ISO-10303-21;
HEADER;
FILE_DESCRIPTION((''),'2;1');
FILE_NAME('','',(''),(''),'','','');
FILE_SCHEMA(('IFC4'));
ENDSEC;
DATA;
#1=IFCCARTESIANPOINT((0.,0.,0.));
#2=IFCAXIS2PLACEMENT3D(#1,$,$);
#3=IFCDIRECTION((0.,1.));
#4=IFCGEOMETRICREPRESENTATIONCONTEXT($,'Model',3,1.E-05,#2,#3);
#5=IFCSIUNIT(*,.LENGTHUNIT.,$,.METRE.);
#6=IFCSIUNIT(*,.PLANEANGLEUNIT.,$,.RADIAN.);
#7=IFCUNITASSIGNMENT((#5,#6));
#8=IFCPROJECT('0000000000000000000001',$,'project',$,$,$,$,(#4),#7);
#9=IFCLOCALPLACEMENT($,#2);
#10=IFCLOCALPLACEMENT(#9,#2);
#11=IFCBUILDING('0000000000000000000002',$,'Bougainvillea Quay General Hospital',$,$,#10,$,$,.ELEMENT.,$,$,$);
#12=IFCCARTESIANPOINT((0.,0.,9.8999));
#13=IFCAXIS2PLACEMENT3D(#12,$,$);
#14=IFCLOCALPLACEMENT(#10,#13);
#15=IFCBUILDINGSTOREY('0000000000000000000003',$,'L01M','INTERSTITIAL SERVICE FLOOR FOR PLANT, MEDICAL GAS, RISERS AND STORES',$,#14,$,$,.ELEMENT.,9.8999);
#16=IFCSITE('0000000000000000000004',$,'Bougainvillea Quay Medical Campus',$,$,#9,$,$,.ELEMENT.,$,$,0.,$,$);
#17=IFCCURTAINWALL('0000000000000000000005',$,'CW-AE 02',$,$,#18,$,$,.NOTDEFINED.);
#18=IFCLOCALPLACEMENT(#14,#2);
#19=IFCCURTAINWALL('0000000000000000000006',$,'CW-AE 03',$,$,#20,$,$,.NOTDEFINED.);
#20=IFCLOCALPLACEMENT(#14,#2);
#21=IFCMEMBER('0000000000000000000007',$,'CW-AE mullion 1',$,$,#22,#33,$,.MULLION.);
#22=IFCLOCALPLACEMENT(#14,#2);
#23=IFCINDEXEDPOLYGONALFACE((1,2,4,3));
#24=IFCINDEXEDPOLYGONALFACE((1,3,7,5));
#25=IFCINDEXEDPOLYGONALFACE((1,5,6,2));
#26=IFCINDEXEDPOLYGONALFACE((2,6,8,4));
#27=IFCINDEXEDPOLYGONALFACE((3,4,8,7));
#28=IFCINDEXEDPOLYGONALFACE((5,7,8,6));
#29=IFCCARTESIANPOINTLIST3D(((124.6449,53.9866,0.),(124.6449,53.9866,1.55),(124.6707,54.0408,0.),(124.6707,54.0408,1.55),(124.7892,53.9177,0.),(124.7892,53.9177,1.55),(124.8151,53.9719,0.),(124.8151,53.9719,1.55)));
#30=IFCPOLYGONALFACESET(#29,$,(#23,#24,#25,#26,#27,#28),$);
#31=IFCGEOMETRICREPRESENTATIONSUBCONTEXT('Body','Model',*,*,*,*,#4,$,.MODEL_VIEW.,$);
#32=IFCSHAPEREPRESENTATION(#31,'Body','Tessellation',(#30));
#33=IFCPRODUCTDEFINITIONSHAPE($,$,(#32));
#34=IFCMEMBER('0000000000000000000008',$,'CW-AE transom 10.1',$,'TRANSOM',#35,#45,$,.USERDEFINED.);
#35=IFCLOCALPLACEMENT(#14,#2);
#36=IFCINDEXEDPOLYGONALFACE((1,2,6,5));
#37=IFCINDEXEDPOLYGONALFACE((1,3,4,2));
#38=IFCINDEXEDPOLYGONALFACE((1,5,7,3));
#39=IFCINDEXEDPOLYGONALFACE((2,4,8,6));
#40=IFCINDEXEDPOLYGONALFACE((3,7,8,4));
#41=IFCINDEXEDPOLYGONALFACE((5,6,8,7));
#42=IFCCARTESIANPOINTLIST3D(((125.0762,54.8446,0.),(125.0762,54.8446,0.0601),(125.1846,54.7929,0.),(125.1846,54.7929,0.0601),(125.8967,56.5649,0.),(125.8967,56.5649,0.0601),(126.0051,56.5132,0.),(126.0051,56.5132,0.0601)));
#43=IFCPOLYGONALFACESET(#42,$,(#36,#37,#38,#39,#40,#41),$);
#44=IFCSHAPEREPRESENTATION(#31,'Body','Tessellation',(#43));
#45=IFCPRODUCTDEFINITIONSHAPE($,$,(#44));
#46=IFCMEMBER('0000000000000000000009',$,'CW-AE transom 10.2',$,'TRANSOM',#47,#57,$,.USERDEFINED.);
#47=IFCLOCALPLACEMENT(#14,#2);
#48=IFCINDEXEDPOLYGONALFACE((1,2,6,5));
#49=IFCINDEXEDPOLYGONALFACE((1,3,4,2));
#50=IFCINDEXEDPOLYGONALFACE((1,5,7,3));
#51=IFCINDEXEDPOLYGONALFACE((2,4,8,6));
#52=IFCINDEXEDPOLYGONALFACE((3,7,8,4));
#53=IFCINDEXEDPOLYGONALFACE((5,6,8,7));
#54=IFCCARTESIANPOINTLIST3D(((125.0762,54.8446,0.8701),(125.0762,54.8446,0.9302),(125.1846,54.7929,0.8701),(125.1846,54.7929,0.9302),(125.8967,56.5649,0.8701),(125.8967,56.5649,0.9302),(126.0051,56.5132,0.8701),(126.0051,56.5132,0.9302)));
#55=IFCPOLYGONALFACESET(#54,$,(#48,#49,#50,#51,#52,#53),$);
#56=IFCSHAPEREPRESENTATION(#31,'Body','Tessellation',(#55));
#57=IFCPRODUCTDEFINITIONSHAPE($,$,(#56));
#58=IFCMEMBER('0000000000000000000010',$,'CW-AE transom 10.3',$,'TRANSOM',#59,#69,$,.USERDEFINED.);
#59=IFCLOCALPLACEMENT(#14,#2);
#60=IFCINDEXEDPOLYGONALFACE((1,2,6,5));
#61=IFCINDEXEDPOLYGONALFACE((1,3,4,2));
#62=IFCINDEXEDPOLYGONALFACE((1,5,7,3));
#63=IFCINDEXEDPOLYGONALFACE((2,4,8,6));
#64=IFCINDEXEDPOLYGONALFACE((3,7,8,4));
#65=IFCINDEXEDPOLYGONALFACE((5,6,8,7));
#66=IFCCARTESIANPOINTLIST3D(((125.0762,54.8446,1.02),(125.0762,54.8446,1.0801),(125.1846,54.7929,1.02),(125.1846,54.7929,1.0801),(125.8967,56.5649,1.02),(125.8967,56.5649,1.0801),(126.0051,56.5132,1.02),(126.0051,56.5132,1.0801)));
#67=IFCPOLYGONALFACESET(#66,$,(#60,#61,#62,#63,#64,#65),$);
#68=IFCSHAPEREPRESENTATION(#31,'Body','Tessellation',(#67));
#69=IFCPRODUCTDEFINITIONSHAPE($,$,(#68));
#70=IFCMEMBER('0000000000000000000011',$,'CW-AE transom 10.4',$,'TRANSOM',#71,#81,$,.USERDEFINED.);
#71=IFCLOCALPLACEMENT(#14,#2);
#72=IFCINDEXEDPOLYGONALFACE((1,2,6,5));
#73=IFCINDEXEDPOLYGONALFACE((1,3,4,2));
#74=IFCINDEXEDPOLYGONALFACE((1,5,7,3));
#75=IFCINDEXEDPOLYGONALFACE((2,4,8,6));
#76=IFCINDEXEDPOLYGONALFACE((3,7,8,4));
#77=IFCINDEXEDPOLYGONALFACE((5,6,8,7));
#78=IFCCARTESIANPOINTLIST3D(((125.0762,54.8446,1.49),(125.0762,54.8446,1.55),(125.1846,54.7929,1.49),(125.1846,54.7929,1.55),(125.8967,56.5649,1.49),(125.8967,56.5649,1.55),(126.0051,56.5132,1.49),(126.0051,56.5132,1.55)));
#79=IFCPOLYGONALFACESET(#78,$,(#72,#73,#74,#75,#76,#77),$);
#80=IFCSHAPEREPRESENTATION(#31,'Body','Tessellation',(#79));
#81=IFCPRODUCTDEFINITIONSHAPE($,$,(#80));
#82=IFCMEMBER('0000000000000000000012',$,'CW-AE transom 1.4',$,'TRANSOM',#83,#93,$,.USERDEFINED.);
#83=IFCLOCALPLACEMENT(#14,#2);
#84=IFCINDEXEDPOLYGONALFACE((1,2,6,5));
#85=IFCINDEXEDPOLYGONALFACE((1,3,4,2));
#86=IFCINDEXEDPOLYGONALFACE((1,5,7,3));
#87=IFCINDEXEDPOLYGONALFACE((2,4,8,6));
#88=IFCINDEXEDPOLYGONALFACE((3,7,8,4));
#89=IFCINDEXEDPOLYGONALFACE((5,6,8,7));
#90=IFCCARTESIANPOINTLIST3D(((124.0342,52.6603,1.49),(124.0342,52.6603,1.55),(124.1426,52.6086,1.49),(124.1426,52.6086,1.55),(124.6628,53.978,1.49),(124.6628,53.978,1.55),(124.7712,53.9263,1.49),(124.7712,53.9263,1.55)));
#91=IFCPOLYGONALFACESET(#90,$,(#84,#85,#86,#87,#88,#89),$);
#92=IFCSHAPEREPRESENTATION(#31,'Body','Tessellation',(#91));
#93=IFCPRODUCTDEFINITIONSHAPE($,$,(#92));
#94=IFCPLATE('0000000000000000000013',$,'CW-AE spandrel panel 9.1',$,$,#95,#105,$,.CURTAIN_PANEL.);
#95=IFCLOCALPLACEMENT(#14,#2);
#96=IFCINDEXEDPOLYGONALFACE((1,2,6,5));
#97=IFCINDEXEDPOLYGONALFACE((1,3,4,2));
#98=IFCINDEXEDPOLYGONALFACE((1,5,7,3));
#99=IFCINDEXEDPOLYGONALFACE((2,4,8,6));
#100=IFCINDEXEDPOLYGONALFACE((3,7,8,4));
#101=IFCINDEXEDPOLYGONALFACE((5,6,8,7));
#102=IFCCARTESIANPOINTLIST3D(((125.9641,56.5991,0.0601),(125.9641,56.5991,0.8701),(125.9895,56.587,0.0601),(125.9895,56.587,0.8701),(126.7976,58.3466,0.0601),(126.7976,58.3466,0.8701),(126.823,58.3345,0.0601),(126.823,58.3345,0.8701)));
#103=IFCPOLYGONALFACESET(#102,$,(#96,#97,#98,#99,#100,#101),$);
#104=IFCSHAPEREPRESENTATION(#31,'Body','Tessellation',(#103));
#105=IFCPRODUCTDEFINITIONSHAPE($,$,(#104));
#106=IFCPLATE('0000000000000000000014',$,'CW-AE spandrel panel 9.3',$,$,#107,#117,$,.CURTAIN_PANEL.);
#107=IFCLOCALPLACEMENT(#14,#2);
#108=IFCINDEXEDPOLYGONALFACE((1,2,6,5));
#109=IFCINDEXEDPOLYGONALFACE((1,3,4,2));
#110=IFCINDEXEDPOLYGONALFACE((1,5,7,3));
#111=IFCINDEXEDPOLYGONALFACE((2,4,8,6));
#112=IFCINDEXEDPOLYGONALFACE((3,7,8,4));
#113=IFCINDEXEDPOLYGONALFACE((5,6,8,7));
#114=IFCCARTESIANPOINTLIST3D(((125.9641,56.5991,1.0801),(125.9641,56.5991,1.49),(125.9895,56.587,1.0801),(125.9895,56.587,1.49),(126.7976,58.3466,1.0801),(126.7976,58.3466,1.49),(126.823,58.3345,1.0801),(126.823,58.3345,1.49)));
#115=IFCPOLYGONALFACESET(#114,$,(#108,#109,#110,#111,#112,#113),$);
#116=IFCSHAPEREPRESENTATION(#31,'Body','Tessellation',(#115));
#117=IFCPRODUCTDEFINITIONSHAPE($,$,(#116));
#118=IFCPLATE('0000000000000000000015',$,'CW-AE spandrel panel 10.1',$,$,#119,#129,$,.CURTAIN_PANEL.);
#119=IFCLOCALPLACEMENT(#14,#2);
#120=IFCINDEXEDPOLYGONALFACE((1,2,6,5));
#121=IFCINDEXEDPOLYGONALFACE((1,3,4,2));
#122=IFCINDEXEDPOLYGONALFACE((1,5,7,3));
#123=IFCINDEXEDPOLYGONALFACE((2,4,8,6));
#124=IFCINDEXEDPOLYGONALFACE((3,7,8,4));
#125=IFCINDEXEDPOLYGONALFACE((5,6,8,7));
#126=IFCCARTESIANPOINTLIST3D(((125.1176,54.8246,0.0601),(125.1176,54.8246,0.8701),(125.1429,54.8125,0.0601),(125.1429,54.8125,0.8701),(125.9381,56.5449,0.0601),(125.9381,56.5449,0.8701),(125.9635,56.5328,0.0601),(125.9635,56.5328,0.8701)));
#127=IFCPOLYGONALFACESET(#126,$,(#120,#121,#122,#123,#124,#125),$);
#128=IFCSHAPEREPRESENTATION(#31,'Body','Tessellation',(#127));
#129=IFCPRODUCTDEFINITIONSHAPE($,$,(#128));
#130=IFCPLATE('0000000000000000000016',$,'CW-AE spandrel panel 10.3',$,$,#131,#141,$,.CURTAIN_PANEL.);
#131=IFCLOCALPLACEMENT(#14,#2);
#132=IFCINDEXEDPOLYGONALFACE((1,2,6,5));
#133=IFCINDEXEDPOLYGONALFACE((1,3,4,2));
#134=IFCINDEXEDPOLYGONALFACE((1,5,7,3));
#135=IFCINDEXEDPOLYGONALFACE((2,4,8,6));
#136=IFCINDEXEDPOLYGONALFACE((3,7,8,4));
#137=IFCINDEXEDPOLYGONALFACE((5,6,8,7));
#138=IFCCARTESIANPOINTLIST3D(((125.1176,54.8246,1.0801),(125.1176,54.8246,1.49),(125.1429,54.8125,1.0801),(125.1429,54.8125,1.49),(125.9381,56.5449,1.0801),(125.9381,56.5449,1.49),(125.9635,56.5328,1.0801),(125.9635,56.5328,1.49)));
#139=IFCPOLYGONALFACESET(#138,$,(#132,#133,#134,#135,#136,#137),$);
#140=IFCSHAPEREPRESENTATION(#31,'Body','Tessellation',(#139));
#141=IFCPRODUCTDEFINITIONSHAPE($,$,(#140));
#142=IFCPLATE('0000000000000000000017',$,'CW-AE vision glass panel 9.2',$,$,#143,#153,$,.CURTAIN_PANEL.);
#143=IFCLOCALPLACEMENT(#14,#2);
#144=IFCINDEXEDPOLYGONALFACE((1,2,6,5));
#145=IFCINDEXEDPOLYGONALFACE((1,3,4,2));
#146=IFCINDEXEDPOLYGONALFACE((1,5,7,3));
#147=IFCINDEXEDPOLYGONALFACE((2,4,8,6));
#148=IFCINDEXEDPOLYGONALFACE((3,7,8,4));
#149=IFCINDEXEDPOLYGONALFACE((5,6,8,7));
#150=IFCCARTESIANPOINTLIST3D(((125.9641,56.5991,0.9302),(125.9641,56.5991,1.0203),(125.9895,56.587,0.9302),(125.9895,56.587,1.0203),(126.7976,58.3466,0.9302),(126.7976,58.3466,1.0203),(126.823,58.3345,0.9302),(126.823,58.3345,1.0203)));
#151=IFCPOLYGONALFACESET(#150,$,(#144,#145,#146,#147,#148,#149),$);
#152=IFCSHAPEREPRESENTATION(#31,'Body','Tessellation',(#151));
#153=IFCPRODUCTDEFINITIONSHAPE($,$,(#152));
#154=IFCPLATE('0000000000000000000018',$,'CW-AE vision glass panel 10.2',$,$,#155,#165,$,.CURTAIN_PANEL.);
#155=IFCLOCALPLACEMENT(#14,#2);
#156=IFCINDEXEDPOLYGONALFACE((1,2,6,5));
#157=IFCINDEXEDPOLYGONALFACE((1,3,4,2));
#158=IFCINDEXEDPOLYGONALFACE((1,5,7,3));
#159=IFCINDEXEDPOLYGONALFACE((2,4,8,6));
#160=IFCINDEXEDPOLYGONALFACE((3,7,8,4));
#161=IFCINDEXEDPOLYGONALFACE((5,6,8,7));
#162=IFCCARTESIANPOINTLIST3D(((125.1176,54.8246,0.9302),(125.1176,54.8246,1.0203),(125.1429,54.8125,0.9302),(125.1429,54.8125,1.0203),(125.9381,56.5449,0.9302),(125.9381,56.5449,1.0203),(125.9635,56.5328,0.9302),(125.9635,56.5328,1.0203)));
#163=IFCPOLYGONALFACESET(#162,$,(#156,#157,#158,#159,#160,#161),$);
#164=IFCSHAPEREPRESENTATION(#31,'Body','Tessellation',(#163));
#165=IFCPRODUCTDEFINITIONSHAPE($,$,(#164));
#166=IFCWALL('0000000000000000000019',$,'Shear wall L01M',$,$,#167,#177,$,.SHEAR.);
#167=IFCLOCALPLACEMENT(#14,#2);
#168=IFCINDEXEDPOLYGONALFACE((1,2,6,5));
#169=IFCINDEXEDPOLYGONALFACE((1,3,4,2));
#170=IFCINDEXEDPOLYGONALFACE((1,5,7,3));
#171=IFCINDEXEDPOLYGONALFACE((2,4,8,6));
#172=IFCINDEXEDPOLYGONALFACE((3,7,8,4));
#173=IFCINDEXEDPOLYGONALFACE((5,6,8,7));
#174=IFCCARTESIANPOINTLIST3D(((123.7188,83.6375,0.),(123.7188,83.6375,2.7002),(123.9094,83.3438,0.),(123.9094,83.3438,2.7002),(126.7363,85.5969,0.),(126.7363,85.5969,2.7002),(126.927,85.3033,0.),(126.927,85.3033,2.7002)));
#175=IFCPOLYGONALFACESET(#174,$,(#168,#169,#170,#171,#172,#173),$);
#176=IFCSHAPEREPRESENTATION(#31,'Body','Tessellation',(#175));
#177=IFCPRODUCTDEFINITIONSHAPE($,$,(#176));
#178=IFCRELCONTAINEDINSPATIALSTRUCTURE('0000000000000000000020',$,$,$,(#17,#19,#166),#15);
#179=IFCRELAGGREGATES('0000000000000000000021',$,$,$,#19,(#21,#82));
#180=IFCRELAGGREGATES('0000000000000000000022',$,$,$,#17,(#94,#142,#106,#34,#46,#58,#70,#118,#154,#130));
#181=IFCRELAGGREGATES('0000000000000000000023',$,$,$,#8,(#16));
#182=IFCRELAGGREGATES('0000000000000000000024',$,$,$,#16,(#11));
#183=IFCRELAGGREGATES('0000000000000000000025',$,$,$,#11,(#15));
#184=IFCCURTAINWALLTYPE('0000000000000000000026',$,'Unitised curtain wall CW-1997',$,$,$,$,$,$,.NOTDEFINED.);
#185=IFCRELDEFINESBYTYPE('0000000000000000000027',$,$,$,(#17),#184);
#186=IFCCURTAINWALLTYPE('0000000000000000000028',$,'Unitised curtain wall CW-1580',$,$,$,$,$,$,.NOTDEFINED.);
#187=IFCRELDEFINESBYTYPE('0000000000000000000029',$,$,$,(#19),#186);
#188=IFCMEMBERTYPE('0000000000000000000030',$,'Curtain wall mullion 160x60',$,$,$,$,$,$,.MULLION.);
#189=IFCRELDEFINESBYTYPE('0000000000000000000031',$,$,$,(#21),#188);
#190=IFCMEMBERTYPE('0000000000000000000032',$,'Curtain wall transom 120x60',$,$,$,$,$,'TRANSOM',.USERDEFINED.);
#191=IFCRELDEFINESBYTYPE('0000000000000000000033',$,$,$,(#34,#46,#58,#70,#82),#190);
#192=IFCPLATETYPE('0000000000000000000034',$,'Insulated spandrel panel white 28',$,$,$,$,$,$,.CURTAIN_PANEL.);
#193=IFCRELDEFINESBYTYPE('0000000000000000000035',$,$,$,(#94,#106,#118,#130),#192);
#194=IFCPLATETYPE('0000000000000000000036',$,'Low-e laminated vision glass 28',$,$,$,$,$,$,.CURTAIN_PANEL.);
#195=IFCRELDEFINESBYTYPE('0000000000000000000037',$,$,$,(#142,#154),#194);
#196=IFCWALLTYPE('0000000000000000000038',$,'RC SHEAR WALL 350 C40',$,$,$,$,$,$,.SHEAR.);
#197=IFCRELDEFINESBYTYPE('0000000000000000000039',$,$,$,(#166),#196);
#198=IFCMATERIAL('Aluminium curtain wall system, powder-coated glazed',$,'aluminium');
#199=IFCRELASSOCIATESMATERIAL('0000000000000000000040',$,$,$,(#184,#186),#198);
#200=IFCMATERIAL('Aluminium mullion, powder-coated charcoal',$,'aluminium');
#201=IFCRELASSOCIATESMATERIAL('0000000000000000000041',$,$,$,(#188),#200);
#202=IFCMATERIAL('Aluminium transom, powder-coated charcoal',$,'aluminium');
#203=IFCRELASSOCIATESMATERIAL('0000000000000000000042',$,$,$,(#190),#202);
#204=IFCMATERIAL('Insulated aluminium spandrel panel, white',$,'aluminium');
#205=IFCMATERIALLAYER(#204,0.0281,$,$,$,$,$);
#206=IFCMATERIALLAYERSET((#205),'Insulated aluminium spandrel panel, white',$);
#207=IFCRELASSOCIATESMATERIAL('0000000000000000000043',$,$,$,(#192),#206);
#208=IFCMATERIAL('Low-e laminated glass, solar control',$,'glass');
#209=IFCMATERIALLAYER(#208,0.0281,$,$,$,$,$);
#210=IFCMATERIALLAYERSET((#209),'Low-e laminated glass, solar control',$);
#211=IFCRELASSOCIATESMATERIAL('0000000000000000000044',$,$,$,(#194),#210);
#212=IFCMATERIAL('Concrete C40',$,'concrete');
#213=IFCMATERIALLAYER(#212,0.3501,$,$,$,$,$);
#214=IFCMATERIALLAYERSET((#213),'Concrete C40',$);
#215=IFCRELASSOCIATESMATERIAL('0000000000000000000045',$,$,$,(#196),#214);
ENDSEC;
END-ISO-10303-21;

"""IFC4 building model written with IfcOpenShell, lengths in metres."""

from ifc_helpers import new_model, si_unit, direction, frame, frame_2d, origin, origin_2d, place, context, subcontext, project, spatial, rectangle, extrude, material, layer, layer_set, material_profile, profile_set, type_object, element, aggregate, save


model = new_model("IFC4")

# Units and contexts
model_context = context("Model", 3, precision=1e-05, world=origin(), true_north=direction((0.0, 1.0)))
body_context = subcontext(model_context, "Body", "Model", "MODEL_VIEW")
ifc_project = project(units=[si_unit("LENGTHUNIT", "METRE"), si_unit("PLANEANGLEUNIT", "RADIAN")], contexts=[model_context])

# Site, building, storey
site_placement = place(None, origin())
site = spatial("IfcSite", under=ifc_project, at=site_placement, Name="Bougainvillea Quay Medical Campus", CompositionType="ELEMENT", RefElevation=0.0)
building_placement = place(site_placement, origin())
building = spatial("IfcBuilding", under=site, at=building_placement, Name="Bougainvillea Quay General Hospital", CompositionType="ELEMENT")
storey_placement = place(building_placement, frame((0.0, 0.0, 9.8999)))
storey = spatial("IfcBuildingStorey", under=building, at=storey_placement, Name="L01M", Description="INTERSTITIAL SERVICE FLOOR FOR PLANT, MEDICAL GAS, RISERS AND STORES", CompositionType="ELEMENT", Elevation=9.8999)

# Curtain wall
ifc_material_1 = material(Name="Aluminium curtain wall system, powder-coated glazed", Category="aluminium")
curtain_wall_type_1 = type_object("IfcCurtainWallType", Name="Unitised curtain wall CW-1997", PredefinedType="NOTDEFINED", material=ifc_material_1)
curtain_wall_1_placement = place(storey_placement, origin())
curtain_wall_1 = element("IfcCurtainWall", 1, at=curtain_wall_1_placement, inside=storey, type_object=curtain_wall_type_1, Name="CW-AE 02", PredefinedType="NOTDEFINED")
ifc_material_2 = material(Name="Aluminium mullion, powder-coated charcoal", Category="aluminium")
ifc_material_profile_1 = material_profile(ifc_material_2, rectangle(XDim=0.1599, YDim=0.0601, at=origin_2d()))
ifc_profile_set_1 = profile_set([ifc_material_profile_1], Name="Aluminium mullion, powder-coated charcoal")
member_type_1 = type_object("IfcMemberType", Name="Curtain wall mullion 160x60", PredefinedType="MULLION", material=ifc_profile_set_1)

# Curtain wall, member
curtain_wall_type_2 = type_object("IfcCurtainWallType", Name="Unitised curtain wall CW-1580", PredefinedType="NOTDEFINED", material=ifc_material_1)
curtain_wall_2_placement = place(storey_placement, origin())
curtain_wall_2 = element("IfcCurtainWall", 2, at=curtain_wall_2_placement, inside=storey, type_object=curtain_wall_type_2, Name="CW-AE 03", PredefinedType="NOTDEFINED")
member_1_placement = place(storey_placement, frame((124.73, 53.9792, 0.0), z_axis=(0.0, 0.0, 1.0), x_axis=(0.902578, -0.430525, 0.0)))
member_1 = element("IfcMember", 3, at=member_1_placement, type_object=member_type_1, Name="CW-AE mullion 1", PredefinedType="MULLION", context=body_context, shape_type="SweptSolid", body=[
    extrude(rectangle(XDim=0.1599, YDim=0.0601, at=origin_2d()), origin(), (0.0, 0.0, 1.0), 1.55),
])

# Members
ifc_material_3 = material(Name="Aluminium transom, powder-coated charcoal", Category="aluminium")
ifc_material_profile_2 = material_profile(ifc_material_3, rectangle(XDim=0.1201, YDim=0.0601, at=origin_2d()))
ifc_profile_set_2 = profile_set([ifc_material_profile_2], Name="Aluminium transom, powder-coated charcoal")
member_type_2 = type_object("IfcMemberType", Name="Curtain wall transom 120x60", ElementType="TRANSOM", PredefinedType="USERDEFINED", material=ifc_profile_set_2)
member_2_placement = place(storey_placement, frame((125.9509, 56.5391, 0.03), z_axis=(-0.430485, -0.902598, 0.0), x_axis=(0.902598, -0.430485, 0.0)))
member_2 = element("IfcMember", 4, at=member_2_placement, type_object=member_type_2, Name="CW-AE transom 10.1", ObjectType="TRANSOM", PredefinedType="USERDEFINED", context=body_context, shape_type="SweptSolid", body=[
    extrude(rectangle(XDim=0.1201, YDim=0.0601, at=origin_2d()), origin(), (0.0, 0.0, 1.0), 1.906),
])
member_3_placement = place(storey_placement, frame((125.9509, 56.5391, 0.9001), z_axis=(-0.430485, -0.902598, 0.0), x_axis=(0.902598, -0.430485, 0.0)))
member_3 = element("IfcMember", 5, at=member_3_placement, type_object=member_type_2, Name="CW-AE transom 10.2", ObjectType="TRANSOM", PredefinedType="USERDEFINED", context=body_context, shape_type="SweptSolid", body=[
    extrude(rectangle(XDim=0.1201, YDim=0.0601, at=origin_2d()), origin(), (0.0, 0.0, 1.0), 1.906),
])
member_4_placement = place(storey_placement, frame((125.9509, 56.5391, 1.05), z_axis=(-0.430485, -0.902598, 0.0), x_axis=(0.902598, -0.430485, 0.0)))
member_4 = element("IfcMember", 6, at=member_4_placement, type_object=member_type_2, Name="CW-AE transom 10.3", ObjectType="TRANSOM", PredefinedType="USERDEFINED", context=body_context, shape_type="SweptSolid", body=[
    extrude(rectangle(XDim=0.1201, YDim=0.0601, at=origin_2d()), origin(), (0.0, 0.0, 1.0), 1.906),
])
member_5_placement = place(storey_placement, frame((125.9509, 56.5391, 1.52), z_axis=(-0.430485, -0.902598, 0.0), x_axis=(0.902598, -0.430485, 0.0)))
member_5 = element("IfcMember", 7, at=member_5_placement, type_object=member_type_2, Name="CW-AE transom 10.4", ObjectType="TRANSOM", PredefinedType="USERDEFINED", context=body_context, shape_type="SweptSolid", body=[
    extrude(rectangle(XDim=0.1201, YDim=0.0601, at=origin_2d()), origin(), (0.0, 0.0, 1.0), 1.906),
])
member_6_placement = place(storey_placement, frame((124.717, 53.9521, 1.52), z_axis=(-0.430615, -0.902536, 0.0), x_axis=(0.902536, -0.430615, 0.0)))
member_6 = element("IfcMember", 8, at=member_6_placement, type_object=member_type_2, Name="CW-AE transom 1.4", ObjectType="TRANSOM", PredefinedType="USERDEFINED", context=body_context, shape_type="SweptSolid", body=[
    extrude(rectangle(XDim=0.1201, YDim=0.0601, at=origin_2d()), origin(), (0.0, 0.0, 1.0), 1.46),
])
aggregate(curtain_wall_2, [member_1, member_6])

# Plates
ifc_material_4 = material(Name="Insulated aluminium spandrel panel, white", Category="aluminium")
ifc_layer_1 = layer(ifc_material_4, 0.0281)
ifc_layer_set_1 = layer_set([ifc_layer_1], Name="Insulated aluminium spandrel panel, white")
plate_type_1 = type_object("IfcPlateType", Name="Insulated spandrel panel white 28", PredefinedType="CURTAIN_PANEL", material=ifc_layer_set_1)
plate_1_placement = place(storey_placement, frame((126.3936, 57.4668, 0.0601), z_axis=(0.0, 0.0, 1.0), x_axis=(-0.430525, -0.902578, 0.0)))
plate_1 = element("IfcPlate", 9, at=plate_1_placement, type_object=plate_type_1, Name="CW-AE spandrel panel 9.1", PredefinedType="CURTAIN_PANEL", context=body_context, shape_type="SweptSolid", body=[
    extrude(rectangle(XDim=1.936, YDim=0.0281, at=origin_2d()), origin(), (0.0, 0.0, 1.0), 0.8101),
])
plate_2_placement = place(storey_placement, frame((126.3936, 57.4668, 1.0801), z_axis=(0.0, 0.0, 1.0), x_axis=(-0.430525, -0.902578, 0.0)))
plate_2 = element("IfcPlate", 10, at=plate_2_placement, type_object=plate_type_1, Name="CW-AE spandrel panel 9.3", PredefinedType="CURTAIN_PANEL", context=body_context, shape_type="SweptSolid", body=[
    extrude(rectangle(XDim=1.936, YDim=0.0281, at=origin_2d()), origin(), (0.0, 0.0, 1.0), 0.4099),
])
plate_3_placement = place(storey_placement, frame((125.5405, 55.6787, 0.0601), z_axis=(0.0, 0.0, 1.0), x_axis=(-0.430525, -0.902578, 0.0)))
plate_3 = element("IfcPlate", 11, at=plate_3_placement, type_object=plate_type_1, Name="CW-AE spandrel panel 10.1", PredefinedType="CURTAIN_PANEL", context=body_context, shape_type="SweptSolid", body=[
    extrude(rectangle(XDim=1.906, YDim=0.0281, at=origin_2d()), origin(), (0.0, 0.0, 1.0), 0.8101),
])
plate_4_placement = place(storey_placement, frame((125.5405, 55.6787, 1.0801), z_axis=(0.0, 0.0, 1.0), x_axis=(-0.430525, -0.902578, 0.0)))
plate_4 = element("IfcPlate", 12, at=plate_4_placement, type_object=plate_type_1, Name="CW-AE spandrel panel 10.3", PredefinedType="CURTAIN_PANEL", context=body_context, shape_type="SweptSolid", body=[
    extrude(rectangle(XDim=1.906, YDim=0.0281, at=origin_2d()), origin(), (0.0, 0.0, 1.0), 0.4099),
])
ifc_material_5 = material(Name="Low-e laminated glass, solar control", Category="glass")
ifc_layer_2 = layer(ifc_material_5, 0.0281)
ifc_layer_set_2 = layer_set([ifc_layer_2], Name="Low-e laminated glass, solar control")
plate_type_2 = type_object("IfcPlateType", Name="Low-e laminated vision glass 28", PredefinedType="CURTAIN_PANEL", material=ifc_layer_set_2)
plate_5_placement = place(storey_placement, frame((126.3936, 57.4668, 0.9302), z_axis=(0.0, 0.0, 1.0), x_axis=(-0.430525, -0.902578, 0.0)))
plate_5 = element("IfcPlate", 13, at=plate_5_placement, type_object=plate_type_2, Name="CW-AE vision glass panel 9.2", PredefinedType="CURTAIN_PANEL", context=body_context, shape_type="SweptSolid", body=[
    extrude(rectangle(XDim=1.936, YDim=0.0281, at=origin_2d()), origin(), (0.0, 0.0, 1.0), 0.0901),
])
plate_6_placement = place(storey_placement, frame((125.5405, 55.6787, 0.9302), z_axis=(0.0, 0.0, 1.0), x_axis=(-0.430525, -0.902578, 0.0)))
plate_6 = element("IfcPlate", 14, at=plate_6_placement, type_object=plate_type_2, Name="CW-AE vision glass panel 10.2", PredefinedType="CURTAIN_PANEL", context=body_context, shape_type="SweptSolid", body=[
    extrude(rectangle(XDim=1.906, YDim=0.0281, at=origin_2d()), origin(), (0.0, 0.0, 1.0), 0.0901),
])
aggregate(curtain_wall_1, [plate_1, plate_5, plate_2, member_2, member_3, member_4, member_5, plate_3, plate_6, plate_4])

# Wall
ifc_material_6 = material(Name="Concrete C40", Category="concrete")
ifc_layer_3 = layer(ifc_material_6, 0.3501)
ifc_layer_set_3 = layer_set([ifc_layer_3], Name="Concrete C40")
wall_type = type_object("IfcWallType", Name="RC SHEAR WALL 350 C40", PredefinedType="SHEAR", material=ifc_layer_set_3)
wall_placement = place(storey_placement, frame((123.8142, 83.4907, 0.0), z_axis=(0.0, 0.0, 1.0), x_axis=(0.838692, 0.544607, 0.0)))
element("IfcWall", 15, at=wall_placement, inside=storey, type_object=wall_type, Name="Shear wall L01M", PredefinedType="SHEAR", context=body_context, shape_type="SweptSolid", body=[
    extrude(rectangle(XDim=3.5979, YDim=0.3501, at=frame_2d((1.7988, 0.0))), origin(), (0.0, 0.0, 1.0), 2.7002),
])

save(model, "model.ifc")
